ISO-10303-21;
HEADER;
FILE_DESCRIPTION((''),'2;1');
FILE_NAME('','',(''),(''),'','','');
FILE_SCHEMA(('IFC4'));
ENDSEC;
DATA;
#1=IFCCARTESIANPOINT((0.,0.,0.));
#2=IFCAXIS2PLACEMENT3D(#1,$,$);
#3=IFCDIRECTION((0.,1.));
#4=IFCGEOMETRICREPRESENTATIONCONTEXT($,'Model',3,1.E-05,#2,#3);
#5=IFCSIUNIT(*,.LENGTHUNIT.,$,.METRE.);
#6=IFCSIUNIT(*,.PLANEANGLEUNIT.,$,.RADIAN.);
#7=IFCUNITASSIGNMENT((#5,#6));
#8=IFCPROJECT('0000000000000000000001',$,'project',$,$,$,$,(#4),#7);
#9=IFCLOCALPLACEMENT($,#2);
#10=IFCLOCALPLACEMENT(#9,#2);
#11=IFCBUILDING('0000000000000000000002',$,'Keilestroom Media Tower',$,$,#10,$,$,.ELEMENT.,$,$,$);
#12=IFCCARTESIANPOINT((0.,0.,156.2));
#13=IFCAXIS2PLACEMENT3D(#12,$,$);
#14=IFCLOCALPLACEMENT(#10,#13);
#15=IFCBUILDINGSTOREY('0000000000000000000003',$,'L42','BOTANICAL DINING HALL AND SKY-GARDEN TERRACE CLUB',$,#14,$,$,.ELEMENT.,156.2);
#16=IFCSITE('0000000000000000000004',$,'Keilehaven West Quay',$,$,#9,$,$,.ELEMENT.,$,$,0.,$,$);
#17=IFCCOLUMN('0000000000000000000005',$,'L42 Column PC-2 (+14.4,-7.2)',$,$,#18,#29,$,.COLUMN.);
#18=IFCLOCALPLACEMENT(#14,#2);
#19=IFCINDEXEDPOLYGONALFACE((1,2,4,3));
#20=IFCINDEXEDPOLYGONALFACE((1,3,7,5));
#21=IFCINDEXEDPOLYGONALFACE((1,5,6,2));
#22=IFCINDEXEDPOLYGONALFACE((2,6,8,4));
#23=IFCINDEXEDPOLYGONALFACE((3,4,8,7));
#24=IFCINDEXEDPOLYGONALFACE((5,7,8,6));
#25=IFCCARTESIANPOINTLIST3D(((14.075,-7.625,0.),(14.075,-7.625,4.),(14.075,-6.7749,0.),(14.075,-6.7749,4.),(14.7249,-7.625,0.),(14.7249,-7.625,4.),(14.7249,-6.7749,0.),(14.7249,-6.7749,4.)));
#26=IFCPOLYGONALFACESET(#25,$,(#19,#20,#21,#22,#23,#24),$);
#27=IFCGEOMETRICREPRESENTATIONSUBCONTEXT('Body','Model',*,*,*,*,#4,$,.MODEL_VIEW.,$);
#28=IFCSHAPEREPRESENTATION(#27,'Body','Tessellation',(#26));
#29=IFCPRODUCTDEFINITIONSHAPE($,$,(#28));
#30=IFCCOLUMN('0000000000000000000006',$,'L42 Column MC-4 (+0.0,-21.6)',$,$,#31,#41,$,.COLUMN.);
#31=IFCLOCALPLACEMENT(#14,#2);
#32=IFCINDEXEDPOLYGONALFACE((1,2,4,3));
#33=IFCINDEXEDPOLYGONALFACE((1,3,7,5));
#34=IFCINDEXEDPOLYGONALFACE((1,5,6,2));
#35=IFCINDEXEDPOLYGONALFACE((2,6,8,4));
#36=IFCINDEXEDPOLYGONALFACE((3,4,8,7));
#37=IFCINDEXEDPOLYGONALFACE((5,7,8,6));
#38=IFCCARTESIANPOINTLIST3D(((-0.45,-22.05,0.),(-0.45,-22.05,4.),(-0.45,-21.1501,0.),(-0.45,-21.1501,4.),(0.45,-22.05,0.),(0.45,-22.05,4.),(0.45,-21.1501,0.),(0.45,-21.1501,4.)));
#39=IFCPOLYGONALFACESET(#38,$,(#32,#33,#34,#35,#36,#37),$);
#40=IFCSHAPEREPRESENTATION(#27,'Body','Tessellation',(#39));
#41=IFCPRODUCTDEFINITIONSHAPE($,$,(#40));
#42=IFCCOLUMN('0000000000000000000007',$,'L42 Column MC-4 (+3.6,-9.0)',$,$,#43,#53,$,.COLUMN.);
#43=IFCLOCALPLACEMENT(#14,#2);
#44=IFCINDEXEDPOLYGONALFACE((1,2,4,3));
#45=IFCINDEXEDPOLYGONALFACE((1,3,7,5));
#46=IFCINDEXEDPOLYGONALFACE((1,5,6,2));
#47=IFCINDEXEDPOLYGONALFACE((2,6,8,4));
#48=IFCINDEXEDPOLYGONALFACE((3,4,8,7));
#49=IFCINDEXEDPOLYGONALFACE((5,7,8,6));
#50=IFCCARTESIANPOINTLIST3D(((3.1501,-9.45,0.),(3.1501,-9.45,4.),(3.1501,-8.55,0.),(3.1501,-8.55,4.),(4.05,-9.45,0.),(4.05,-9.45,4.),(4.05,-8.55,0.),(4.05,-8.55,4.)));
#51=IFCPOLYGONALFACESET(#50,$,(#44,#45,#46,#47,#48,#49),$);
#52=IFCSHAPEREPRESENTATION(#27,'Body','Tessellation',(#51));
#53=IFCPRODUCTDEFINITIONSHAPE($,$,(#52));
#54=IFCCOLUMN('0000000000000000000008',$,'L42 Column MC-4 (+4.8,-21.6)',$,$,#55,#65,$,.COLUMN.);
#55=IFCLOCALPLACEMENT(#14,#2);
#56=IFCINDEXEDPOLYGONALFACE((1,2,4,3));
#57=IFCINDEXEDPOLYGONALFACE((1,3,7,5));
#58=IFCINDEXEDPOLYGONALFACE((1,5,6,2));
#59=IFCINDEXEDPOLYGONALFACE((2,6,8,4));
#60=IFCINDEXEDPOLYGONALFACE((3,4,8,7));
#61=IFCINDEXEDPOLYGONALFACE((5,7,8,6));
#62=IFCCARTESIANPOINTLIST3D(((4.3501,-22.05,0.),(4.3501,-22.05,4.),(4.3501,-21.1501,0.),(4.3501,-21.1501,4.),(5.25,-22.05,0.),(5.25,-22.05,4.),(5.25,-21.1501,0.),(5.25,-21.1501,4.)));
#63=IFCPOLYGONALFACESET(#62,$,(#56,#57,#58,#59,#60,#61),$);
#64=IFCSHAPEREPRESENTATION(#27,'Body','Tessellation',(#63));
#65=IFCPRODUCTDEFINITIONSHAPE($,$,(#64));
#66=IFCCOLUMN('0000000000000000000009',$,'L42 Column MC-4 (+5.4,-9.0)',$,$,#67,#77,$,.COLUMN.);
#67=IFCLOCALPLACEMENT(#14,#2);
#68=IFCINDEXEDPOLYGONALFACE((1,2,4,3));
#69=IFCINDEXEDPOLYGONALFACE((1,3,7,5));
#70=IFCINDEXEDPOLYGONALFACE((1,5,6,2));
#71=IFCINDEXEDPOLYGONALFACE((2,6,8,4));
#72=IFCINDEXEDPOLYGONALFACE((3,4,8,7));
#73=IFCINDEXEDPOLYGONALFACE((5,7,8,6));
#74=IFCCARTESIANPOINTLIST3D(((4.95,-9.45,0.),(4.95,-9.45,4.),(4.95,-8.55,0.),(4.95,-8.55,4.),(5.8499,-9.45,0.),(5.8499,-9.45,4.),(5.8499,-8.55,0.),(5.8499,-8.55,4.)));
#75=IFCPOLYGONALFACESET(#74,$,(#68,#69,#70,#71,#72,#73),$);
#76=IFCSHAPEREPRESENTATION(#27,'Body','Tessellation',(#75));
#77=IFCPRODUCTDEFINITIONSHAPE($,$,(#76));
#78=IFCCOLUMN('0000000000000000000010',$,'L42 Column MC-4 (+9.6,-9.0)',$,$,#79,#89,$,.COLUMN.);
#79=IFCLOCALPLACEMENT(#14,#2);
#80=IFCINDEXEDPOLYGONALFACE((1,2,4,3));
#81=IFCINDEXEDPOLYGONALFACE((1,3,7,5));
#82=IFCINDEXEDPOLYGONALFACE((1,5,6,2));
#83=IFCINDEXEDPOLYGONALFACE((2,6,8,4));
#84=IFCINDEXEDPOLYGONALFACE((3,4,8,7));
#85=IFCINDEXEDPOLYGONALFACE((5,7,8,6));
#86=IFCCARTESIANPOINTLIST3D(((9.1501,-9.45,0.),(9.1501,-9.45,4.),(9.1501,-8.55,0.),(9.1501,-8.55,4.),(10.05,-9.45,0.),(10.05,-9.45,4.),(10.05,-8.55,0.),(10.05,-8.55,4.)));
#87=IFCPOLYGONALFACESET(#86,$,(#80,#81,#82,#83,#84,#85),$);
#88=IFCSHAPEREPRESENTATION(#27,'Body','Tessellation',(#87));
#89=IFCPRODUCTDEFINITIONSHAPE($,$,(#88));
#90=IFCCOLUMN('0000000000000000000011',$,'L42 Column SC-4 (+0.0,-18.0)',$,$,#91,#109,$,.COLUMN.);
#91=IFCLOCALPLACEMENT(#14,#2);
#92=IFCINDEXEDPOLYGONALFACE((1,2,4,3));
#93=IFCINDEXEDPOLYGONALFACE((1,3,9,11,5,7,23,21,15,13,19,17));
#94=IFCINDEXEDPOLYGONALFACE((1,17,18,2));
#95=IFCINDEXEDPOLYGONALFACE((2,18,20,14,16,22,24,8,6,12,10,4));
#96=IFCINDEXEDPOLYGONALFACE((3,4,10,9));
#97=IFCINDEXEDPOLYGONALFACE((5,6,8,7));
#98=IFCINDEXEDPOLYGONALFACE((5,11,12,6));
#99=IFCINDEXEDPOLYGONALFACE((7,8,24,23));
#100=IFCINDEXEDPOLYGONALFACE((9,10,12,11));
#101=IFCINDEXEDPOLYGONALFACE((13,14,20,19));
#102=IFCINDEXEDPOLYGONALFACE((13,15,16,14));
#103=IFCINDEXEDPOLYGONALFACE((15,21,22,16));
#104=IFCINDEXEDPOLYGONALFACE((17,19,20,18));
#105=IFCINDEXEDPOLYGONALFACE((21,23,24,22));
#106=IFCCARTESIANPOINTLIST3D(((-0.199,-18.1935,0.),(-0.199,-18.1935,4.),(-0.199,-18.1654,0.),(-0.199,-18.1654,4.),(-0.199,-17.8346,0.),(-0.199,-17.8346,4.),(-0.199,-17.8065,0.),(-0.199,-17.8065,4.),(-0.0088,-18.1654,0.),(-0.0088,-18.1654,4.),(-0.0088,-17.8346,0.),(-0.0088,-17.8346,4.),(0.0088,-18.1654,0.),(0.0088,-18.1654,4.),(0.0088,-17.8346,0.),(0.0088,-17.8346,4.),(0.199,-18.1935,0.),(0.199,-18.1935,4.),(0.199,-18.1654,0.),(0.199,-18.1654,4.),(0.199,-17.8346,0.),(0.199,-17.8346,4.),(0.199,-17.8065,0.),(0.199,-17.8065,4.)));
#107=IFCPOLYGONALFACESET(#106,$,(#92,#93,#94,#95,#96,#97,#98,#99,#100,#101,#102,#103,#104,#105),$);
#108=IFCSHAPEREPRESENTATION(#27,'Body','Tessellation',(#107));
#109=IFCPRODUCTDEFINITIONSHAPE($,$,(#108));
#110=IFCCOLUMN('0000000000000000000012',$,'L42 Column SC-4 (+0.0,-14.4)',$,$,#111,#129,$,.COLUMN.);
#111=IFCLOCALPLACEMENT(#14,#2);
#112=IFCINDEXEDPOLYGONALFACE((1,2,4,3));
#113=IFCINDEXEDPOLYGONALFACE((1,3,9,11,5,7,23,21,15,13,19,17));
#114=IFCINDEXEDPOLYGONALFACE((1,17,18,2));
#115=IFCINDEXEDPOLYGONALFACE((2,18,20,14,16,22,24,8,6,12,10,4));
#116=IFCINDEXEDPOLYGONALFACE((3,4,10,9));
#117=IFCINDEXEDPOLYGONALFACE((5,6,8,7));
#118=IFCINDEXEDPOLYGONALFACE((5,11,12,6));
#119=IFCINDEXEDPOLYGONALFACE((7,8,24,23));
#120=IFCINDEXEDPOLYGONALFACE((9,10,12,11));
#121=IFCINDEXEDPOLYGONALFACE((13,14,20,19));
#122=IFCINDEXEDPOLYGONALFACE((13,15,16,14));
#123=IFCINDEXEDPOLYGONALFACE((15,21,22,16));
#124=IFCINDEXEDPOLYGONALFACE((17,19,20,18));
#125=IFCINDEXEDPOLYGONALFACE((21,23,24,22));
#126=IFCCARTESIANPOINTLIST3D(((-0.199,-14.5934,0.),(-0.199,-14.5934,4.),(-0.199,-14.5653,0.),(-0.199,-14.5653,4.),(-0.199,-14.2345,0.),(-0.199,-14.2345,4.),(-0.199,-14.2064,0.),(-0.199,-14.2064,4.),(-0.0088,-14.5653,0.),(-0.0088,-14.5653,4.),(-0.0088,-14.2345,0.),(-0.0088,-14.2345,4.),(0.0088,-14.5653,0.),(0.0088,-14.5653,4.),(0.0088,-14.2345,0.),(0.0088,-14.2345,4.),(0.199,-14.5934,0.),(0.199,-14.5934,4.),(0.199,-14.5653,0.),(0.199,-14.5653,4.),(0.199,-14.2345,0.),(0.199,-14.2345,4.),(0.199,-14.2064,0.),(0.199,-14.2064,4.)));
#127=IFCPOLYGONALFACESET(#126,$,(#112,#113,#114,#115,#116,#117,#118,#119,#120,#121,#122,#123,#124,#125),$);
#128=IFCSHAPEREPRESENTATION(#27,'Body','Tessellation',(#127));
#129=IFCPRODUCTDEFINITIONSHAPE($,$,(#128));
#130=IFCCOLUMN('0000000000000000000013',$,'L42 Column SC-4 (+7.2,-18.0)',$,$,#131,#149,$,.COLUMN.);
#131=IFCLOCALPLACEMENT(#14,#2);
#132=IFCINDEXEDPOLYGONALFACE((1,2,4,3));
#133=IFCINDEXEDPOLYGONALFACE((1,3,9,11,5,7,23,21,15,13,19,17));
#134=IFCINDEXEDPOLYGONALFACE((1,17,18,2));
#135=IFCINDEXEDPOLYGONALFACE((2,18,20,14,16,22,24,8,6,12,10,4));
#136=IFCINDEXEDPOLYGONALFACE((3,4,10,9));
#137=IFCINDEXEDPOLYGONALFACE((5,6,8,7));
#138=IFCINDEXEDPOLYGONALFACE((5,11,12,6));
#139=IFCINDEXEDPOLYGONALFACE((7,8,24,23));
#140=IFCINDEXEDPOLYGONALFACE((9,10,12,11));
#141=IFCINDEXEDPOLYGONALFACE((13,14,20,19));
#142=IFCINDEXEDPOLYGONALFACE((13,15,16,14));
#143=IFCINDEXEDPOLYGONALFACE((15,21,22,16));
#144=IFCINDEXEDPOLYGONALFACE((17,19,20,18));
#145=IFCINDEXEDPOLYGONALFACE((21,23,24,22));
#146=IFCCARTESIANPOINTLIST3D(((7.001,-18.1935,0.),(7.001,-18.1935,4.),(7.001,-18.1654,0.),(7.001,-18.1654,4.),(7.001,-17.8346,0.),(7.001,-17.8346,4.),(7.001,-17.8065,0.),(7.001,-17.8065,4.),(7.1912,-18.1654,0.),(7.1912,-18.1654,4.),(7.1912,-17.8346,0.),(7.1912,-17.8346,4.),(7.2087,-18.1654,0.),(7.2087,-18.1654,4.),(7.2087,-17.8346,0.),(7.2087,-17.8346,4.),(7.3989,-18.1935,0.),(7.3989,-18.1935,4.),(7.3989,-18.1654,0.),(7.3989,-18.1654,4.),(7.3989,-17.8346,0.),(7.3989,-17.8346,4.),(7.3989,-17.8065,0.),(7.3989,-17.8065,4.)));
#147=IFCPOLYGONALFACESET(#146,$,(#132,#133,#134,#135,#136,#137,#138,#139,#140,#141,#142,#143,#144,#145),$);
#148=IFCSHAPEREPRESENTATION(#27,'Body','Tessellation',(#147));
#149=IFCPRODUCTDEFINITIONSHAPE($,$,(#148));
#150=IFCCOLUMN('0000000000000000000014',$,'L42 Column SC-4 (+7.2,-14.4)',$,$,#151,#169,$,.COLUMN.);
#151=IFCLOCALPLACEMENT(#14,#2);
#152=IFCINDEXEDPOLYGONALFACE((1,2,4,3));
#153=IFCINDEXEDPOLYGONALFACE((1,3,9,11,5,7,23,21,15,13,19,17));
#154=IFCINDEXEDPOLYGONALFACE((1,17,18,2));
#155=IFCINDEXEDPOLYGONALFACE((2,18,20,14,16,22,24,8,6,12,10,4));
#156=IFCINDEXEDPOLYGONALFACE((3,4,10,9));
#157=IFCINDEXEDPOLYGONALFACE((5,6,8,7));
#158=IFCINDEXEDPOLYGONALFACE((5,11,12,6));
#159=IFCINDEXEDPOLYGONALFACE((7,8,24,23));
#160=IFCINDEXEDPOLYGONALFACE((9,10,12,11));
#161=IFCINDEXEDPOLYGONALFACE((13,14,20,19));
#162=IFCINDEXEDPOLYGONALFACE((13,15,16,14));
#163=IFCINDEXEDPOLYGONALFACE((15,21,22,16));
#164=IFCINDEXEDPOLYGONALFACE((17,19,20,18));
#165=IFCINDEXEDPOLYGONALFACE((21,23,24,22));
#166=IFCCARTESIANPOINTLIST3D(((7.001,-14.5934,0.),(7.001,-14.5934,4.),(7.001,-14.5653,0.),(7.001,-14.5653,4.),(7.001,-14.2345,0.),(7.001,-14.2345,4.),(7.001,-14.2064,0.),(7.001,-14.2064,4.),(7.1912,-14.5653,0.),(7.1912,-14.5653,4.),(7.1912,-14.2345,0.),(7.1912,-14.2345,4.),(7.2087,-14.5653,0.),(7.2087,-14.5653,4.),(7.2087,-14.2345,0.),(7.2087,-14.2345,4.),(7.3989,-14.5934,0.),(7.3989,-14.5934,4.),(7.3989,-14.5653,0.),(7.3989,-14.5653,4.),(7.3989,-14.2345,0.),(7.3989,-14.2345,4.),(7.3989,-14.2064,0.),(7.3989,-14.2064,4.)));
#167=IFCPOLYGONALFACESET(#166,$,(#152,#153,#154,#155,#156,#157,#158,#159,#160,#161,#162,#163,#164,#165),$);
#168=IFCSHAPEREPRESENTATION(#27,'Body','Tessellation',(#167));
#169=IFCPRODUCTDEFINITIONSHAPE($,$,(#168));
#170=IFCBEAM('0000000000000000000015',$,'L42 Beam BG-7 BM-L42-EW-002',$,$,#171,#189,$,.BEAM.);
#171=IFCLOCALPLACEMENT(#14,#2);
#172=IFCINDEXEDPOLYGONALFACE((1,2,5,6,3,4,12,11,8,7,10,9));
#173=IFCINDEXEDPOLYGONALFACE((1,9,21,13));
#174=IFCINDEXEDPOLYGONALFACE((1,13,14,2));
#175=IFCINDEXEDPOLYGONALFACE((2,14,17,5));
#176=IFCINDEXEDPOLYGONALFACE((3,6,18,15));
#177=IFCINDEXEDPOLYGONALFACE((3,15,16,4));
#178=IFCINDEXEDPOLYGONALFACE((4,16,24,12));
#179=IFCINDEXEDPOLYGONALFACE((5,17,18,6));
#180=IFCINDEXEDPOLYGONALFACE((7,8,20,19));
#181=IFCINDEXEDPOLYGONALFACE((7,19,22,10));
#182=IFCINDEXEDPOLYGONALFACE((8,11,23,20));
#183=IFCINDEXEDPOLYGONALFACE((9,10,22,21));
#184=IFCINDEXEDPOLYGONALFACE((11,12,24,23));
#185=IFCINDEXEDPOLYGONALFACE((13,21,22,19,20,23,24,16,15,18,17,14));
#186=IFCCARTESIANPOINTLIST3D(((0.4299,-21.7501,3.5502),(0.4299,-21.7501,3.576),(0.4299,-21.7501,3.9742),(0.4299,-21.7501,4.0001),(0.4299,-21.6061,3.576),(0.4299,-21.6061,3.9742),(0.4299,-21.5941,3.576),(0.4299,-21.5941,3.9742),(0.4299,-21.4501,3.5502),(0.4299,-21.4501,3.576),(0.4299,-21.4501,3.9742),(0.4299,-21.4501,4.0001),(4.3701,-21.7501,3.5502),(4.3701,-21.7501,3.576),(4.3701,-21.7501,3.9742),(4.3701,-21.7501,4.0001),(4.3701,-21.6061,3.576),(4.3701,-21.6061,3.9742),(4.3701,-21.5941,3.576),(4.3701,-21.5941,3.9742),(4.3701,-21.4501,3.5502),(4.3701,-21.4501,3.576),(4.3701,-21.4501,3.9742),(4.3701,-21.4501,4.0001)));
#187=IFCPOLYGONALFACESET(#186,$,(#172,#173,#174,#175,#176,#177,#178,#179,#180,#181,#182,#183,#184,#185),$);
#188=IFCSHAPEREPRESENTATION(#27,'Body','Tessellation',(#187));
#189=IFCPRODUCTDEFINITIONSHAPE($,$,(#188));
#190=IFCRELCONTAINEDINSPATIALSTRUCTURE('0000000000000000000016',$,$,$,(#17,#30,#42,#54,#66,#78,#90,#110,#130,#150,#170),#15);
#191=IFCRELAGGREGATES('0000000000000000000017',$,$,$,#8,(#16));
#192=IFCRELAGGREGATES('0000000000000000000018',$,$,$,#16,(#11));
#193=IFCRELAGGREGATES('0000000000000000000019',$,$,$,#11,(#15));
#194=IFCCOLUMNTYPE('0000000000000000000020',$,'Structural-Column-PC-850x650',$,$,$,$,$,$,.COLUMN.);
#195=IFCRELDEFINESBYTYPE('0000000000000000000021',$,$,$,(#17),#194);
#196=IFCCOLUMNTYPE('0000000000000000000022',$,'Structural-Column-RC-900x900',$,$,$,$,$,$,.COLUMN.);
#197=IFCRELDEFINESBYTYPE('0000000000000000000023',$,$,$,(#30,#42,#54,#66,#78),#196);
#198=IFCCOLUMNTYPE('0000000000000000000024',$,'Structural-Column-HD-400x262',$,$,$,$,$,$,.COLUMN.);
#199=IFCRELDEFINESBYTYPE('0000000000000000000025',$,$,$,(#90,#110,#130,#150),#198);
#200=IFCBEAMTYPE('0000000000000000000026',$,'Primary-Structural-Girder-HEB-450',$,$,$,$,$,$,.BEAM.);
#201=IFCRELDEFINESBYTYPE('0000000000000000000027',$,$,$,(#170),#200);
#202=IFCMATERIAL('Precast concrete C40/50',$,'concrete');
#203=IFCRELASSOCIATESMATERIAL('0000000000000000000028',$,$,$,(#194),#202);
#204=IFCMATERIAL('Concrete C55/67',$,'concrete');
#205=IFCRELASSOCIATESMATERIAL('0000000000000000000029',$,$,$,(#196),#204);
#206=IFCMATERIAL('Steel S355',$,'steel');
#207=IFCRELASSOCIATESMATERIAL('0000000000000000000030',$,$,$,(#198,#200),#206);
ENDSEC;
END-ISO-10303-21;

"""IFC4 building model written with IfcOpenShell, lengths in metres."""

from ifc_helpers import new_model, si_unit, direction, frame, origin, origin_2d, place, context, subcontext, project, spatial, rectangle, i_section, extrude, source, transform, mapped, material, material_profile, profile_set, type_object, element, save


model = new_model("IFC4")

# Units and contexts
model_context = context("Model", 3, precision=1e-05, world=origin(), true_north=direction((0.0, 1.0)))
body_context = subcontext(model_context, "Body", "Model", "MODEL_VIEW")
ifc_project = project(units=[si_unit("LENGTHUNIT", "METRE"), si_unit("PLANEANGLEUNIT", "RADIAN")], contexts=[model_context])

# Site, building, storey
site_placement = place(None, origin())
site = spatial("IfcSite", under=ifc_project, at=site_placement, Name="Keilehaven West Quay", CompositionType="ELEMENT", RefElevation=0.0)
building_placement = place(site_placement, origin())
building = spatial("IfcBuilding", under=site, at=building_placement, Name="Keilestroom Media Tower", CompositionType="ELEMENT")
storey_placement = place(building_placement, frame((0.0, 0.0, 156.2)))
storey = spatial("IfcBuildingStorey", under=building, at=storey_placement, Name="L42", Description="BOTANICAL DINING HALL AND SKY-GARDEN TERRACE CLUB", CompositionType="ELEMENT", Elevation=156.2)

# Columns
ifc_material_1 = material(Name="Precast concrete C40/50", Category="concrete")
ifc_material_profile_1 = material_profile(ifc_material_1, rectangle(XDim=0.6499, YDim=0.8501, at=origin_2d()), Name="PC 850x650")
ifc_profile_set_1 = profile_set([ifc_material_profile_1], Name="Precast concrete C40/50")
column_type_1 = type_object("IfcColumnType", Name="Structural-Column-PC-850x650", PredefinedType="COLUMN", material=ifc_profile_set_1)
shared_shape_1 = source(origin(), body_context, "Body", "SweptSolid", [
    extrude(rectangle(XDim=0.6499, YDim=0.8501, at=origin_2d()), origin(), (0.0, 0.0, 1.0), 4.0),
])
column_placement = place(storey_placement, frame((14.3999, -7.2, 0.0), z_axis=(0.0, 0.0, 1.0), x_axis=(1.0, 0.0, 0.0)))
element("IfcColumn", 1, at=column_placement, inside=storey, type_object=column_type_1, Name="L42 Column PC-2 (+14.4,-7.2)", PredefinedType="COLUMN", context=body_context, shape_type="MappedRepresentation", body=[
    mapped(shared_shape_1, transform((0.0, 0.0, 0.0), x_axis=(1.0, 0.0, 0.0), y_axis=(0.0, 1.0, 0.0), z_axis=(0.0, 0.0, 1.0), scale=1.0)),
])
ifc_material_2 = material(Name="Concrete C55/67", Category="concrete")
ifc_material_profile_2 = material_profile(ifc_material_2, rectangle(XDim=0.8999, YDim=0.8999, at=origin_2d()), Name="RC 900x900")
ifc_profile_set_2 = profile_set([ifc_material_profile_2], Name="Concrete C55/67")
column_type_2 = type_object("IfcColumnType", Name="Structural-Column-RC-900x900", PredefinedType="COLUMN", material=ifc_profile_set_2)
shared_shape_2 = source(origin(), body_context, "Body", "SweptSolid", [
    extrude(rectangle(XDim=0.8999, YDim=0.8999, at=origin_2d()), origin(), (0.0, 0.0, 1.0), 4.0),
])
for number, where, z_axis, x_axis, name in (
    (2, (0.0, -21.6001, 0.0), (0.0, 0.0, 1.0), (1.0, 0.0, 0.0), "L42 Column MC-4 (+0.0,-21.6)"),
    (3, (3.6001, -9.0, 0.0), (0.0, 0.0, 1.0), (1.0, 0.0, 0.0), "L42 Column MC-4 (+3.6,-9.0)"),
    (4, (4.8, -21.6001, 0.0), (0.0, 0.0, 1.0), (1.0, 0.0, 0.0), "L42 Column MC-4 (+4.8,-21.6)"),
    (5, (5.3999, -9.0, 0.0), (0.0, 0.0, 1.0), (1.0, 0.0, 0.0), "L42 Column MC-4 (+5.4,-9.0)"),
    (6, (9.6001, -9.0, 0.0), (0.0, 0.0, 1.0), (1.0, 0.0, 0.0), "L42 Column MC-4 (+9.6,-9.0)"),
):
    element("IfcColumn", number, at=place(storey_placement, frame(where, z_axis=z_axis, x_axis=x_axis)), inside=storey, type_object=column_type_2, Name=name, PredefinedType="COLUMN", context=body_context, shape_type="MappedRepresentation", body=[
        mapped(shared_shape_2, transform((0.0, 0.0, 0.0), x_axis=(1.0, 0.0, 0.0), y_axis=(0.0, 1.0, 0.0), z_axis=(0.0, 0.0, 1.0), scale=1.0)),
    ])
ifc_material_3 = material(Name="Steel S355", Category="steel")
ifc_material_profile_3 = material_profile(ifc_material_3, i_section(OverallWidth=0.3979, OverallDepth=0.387, WebThickness=0.0176, FlangeThickness=0.0281, at=origin_2d()), Name="HD 400x262")
ifc_profile_set_3 = profile_set([ifc_material_profile_3], Name="Steel S355")
column_type_3 = type_object("IfcColumnType", Name="Structural-Column-HD-400x262", PredefinedType="COLUMN", material=ifc_profile_set_3)
shared_shape_3 = source(origin(), body_context, "Body", "SweptSolid", [
    extrude(i_section(OverallWidth=0.3979, OverallDepth=0.387, WebThickness=0.0176, FlangeThickness=0.0281, at=origin_2d()), origin(), (0.0, 0.0, 1.0), 4.0),
])
for number, where, z_axis, x_axis, name in (
    (7, (0.0, -18.0, 0.0), (0.0, 0.0, 1.0), (1.0, 0.0, 0.0), "L42 Column SC-4 (+0.0,-18.0)"),
    (8, (0.0, -14.3999, 0.0), (0.0, 0.0, 1.0), (1.0, 0.0, 0.0), "L42 Column SC-4 (+0.0,-14.4)"),
    (9, (7.2, -18.0, 0.0), (0.0, 0.0, 1.0), (1.0, 0.0, 0.0), "L42 Column SC-4 (+7.2,-18.0)"),
    (10, (7.2, -14.3999, 0.0), (0.0, 0.0, 1.0), (1.0, 0.0, 0.0), "L42 Column SC-4 (+7.2,-14.4)"),
):
    element("IfcColumn", number, at=place(storey_placement, frame(where, z_axis=z_axis, x_axis=x_axis)), inside=storey, type_object=column_type_3, Name=name, PredefinedType="COLUMN", context=body_context, shape_type="MappedRepresentation", body=[
        mapped(shared_shape_3, transform((0.0, 0.0, 0.0), x_axis=(1.0, 0.0, 0.0), y_axis=(0.0, 1.0, 0.0), z_axis=(0.0, 0.0, 1.0), scale=1.0)),
    ])

# Beam
ifc_material_profile_4 = material_profile(ifc_material_3, i_section(OverallWidth=0.3, OverallDepth=0.45, WebThickness=0.012, FlangeThickness=0.0259, at=origin_2d()), Name="HEB 450")
ifc_profile_set_4 = profile_set([ifc_material_profile_4], Name="Steel S355")
beam_type_1 = type_object("IfcBeamType", Name="Primary-Structural-Girder-HEB-450", PredefinedType="BEAM", material=ifc_profile_set_4)
shared_shape_4 = source(origin(), body_context, "Body", "SweptSolid", [
    extrude(i_section(OverallWidth=0.3, OverallDepth=0.45, WebThickness=0.012, FlangeThickness=0.0259, at=origin_2d()), origin(), (0.0, 0.0, 1.0), 3.9402),
])
beam_1_placement = place(storey_placement, frame((0.4299, -21.6001, 3.7751), z_axis=(1.0, 0.0, 0.0), x_axis=(0.0, 1.0, 0.0)))
element("IfcBeam", 11, at=beam_1_placement, inside=storey, type_object=beam_type_1, Name="L42 Beam BG-7 BM-L42-EW-002", PredefinedType="BEAM", context=body_context, shape_type="MappedRepresentation", body=[
    mapped(shared_shape_4, transform((0.0, 0.0, 0.0), x_axis=(1.0, 0.0, 0.0), y_axis=(0.0, 1.0, 0.0), z_axis=(0.0, 0.0, 1.0), scale=1.0)),
])

save(model, "model.ifc")
